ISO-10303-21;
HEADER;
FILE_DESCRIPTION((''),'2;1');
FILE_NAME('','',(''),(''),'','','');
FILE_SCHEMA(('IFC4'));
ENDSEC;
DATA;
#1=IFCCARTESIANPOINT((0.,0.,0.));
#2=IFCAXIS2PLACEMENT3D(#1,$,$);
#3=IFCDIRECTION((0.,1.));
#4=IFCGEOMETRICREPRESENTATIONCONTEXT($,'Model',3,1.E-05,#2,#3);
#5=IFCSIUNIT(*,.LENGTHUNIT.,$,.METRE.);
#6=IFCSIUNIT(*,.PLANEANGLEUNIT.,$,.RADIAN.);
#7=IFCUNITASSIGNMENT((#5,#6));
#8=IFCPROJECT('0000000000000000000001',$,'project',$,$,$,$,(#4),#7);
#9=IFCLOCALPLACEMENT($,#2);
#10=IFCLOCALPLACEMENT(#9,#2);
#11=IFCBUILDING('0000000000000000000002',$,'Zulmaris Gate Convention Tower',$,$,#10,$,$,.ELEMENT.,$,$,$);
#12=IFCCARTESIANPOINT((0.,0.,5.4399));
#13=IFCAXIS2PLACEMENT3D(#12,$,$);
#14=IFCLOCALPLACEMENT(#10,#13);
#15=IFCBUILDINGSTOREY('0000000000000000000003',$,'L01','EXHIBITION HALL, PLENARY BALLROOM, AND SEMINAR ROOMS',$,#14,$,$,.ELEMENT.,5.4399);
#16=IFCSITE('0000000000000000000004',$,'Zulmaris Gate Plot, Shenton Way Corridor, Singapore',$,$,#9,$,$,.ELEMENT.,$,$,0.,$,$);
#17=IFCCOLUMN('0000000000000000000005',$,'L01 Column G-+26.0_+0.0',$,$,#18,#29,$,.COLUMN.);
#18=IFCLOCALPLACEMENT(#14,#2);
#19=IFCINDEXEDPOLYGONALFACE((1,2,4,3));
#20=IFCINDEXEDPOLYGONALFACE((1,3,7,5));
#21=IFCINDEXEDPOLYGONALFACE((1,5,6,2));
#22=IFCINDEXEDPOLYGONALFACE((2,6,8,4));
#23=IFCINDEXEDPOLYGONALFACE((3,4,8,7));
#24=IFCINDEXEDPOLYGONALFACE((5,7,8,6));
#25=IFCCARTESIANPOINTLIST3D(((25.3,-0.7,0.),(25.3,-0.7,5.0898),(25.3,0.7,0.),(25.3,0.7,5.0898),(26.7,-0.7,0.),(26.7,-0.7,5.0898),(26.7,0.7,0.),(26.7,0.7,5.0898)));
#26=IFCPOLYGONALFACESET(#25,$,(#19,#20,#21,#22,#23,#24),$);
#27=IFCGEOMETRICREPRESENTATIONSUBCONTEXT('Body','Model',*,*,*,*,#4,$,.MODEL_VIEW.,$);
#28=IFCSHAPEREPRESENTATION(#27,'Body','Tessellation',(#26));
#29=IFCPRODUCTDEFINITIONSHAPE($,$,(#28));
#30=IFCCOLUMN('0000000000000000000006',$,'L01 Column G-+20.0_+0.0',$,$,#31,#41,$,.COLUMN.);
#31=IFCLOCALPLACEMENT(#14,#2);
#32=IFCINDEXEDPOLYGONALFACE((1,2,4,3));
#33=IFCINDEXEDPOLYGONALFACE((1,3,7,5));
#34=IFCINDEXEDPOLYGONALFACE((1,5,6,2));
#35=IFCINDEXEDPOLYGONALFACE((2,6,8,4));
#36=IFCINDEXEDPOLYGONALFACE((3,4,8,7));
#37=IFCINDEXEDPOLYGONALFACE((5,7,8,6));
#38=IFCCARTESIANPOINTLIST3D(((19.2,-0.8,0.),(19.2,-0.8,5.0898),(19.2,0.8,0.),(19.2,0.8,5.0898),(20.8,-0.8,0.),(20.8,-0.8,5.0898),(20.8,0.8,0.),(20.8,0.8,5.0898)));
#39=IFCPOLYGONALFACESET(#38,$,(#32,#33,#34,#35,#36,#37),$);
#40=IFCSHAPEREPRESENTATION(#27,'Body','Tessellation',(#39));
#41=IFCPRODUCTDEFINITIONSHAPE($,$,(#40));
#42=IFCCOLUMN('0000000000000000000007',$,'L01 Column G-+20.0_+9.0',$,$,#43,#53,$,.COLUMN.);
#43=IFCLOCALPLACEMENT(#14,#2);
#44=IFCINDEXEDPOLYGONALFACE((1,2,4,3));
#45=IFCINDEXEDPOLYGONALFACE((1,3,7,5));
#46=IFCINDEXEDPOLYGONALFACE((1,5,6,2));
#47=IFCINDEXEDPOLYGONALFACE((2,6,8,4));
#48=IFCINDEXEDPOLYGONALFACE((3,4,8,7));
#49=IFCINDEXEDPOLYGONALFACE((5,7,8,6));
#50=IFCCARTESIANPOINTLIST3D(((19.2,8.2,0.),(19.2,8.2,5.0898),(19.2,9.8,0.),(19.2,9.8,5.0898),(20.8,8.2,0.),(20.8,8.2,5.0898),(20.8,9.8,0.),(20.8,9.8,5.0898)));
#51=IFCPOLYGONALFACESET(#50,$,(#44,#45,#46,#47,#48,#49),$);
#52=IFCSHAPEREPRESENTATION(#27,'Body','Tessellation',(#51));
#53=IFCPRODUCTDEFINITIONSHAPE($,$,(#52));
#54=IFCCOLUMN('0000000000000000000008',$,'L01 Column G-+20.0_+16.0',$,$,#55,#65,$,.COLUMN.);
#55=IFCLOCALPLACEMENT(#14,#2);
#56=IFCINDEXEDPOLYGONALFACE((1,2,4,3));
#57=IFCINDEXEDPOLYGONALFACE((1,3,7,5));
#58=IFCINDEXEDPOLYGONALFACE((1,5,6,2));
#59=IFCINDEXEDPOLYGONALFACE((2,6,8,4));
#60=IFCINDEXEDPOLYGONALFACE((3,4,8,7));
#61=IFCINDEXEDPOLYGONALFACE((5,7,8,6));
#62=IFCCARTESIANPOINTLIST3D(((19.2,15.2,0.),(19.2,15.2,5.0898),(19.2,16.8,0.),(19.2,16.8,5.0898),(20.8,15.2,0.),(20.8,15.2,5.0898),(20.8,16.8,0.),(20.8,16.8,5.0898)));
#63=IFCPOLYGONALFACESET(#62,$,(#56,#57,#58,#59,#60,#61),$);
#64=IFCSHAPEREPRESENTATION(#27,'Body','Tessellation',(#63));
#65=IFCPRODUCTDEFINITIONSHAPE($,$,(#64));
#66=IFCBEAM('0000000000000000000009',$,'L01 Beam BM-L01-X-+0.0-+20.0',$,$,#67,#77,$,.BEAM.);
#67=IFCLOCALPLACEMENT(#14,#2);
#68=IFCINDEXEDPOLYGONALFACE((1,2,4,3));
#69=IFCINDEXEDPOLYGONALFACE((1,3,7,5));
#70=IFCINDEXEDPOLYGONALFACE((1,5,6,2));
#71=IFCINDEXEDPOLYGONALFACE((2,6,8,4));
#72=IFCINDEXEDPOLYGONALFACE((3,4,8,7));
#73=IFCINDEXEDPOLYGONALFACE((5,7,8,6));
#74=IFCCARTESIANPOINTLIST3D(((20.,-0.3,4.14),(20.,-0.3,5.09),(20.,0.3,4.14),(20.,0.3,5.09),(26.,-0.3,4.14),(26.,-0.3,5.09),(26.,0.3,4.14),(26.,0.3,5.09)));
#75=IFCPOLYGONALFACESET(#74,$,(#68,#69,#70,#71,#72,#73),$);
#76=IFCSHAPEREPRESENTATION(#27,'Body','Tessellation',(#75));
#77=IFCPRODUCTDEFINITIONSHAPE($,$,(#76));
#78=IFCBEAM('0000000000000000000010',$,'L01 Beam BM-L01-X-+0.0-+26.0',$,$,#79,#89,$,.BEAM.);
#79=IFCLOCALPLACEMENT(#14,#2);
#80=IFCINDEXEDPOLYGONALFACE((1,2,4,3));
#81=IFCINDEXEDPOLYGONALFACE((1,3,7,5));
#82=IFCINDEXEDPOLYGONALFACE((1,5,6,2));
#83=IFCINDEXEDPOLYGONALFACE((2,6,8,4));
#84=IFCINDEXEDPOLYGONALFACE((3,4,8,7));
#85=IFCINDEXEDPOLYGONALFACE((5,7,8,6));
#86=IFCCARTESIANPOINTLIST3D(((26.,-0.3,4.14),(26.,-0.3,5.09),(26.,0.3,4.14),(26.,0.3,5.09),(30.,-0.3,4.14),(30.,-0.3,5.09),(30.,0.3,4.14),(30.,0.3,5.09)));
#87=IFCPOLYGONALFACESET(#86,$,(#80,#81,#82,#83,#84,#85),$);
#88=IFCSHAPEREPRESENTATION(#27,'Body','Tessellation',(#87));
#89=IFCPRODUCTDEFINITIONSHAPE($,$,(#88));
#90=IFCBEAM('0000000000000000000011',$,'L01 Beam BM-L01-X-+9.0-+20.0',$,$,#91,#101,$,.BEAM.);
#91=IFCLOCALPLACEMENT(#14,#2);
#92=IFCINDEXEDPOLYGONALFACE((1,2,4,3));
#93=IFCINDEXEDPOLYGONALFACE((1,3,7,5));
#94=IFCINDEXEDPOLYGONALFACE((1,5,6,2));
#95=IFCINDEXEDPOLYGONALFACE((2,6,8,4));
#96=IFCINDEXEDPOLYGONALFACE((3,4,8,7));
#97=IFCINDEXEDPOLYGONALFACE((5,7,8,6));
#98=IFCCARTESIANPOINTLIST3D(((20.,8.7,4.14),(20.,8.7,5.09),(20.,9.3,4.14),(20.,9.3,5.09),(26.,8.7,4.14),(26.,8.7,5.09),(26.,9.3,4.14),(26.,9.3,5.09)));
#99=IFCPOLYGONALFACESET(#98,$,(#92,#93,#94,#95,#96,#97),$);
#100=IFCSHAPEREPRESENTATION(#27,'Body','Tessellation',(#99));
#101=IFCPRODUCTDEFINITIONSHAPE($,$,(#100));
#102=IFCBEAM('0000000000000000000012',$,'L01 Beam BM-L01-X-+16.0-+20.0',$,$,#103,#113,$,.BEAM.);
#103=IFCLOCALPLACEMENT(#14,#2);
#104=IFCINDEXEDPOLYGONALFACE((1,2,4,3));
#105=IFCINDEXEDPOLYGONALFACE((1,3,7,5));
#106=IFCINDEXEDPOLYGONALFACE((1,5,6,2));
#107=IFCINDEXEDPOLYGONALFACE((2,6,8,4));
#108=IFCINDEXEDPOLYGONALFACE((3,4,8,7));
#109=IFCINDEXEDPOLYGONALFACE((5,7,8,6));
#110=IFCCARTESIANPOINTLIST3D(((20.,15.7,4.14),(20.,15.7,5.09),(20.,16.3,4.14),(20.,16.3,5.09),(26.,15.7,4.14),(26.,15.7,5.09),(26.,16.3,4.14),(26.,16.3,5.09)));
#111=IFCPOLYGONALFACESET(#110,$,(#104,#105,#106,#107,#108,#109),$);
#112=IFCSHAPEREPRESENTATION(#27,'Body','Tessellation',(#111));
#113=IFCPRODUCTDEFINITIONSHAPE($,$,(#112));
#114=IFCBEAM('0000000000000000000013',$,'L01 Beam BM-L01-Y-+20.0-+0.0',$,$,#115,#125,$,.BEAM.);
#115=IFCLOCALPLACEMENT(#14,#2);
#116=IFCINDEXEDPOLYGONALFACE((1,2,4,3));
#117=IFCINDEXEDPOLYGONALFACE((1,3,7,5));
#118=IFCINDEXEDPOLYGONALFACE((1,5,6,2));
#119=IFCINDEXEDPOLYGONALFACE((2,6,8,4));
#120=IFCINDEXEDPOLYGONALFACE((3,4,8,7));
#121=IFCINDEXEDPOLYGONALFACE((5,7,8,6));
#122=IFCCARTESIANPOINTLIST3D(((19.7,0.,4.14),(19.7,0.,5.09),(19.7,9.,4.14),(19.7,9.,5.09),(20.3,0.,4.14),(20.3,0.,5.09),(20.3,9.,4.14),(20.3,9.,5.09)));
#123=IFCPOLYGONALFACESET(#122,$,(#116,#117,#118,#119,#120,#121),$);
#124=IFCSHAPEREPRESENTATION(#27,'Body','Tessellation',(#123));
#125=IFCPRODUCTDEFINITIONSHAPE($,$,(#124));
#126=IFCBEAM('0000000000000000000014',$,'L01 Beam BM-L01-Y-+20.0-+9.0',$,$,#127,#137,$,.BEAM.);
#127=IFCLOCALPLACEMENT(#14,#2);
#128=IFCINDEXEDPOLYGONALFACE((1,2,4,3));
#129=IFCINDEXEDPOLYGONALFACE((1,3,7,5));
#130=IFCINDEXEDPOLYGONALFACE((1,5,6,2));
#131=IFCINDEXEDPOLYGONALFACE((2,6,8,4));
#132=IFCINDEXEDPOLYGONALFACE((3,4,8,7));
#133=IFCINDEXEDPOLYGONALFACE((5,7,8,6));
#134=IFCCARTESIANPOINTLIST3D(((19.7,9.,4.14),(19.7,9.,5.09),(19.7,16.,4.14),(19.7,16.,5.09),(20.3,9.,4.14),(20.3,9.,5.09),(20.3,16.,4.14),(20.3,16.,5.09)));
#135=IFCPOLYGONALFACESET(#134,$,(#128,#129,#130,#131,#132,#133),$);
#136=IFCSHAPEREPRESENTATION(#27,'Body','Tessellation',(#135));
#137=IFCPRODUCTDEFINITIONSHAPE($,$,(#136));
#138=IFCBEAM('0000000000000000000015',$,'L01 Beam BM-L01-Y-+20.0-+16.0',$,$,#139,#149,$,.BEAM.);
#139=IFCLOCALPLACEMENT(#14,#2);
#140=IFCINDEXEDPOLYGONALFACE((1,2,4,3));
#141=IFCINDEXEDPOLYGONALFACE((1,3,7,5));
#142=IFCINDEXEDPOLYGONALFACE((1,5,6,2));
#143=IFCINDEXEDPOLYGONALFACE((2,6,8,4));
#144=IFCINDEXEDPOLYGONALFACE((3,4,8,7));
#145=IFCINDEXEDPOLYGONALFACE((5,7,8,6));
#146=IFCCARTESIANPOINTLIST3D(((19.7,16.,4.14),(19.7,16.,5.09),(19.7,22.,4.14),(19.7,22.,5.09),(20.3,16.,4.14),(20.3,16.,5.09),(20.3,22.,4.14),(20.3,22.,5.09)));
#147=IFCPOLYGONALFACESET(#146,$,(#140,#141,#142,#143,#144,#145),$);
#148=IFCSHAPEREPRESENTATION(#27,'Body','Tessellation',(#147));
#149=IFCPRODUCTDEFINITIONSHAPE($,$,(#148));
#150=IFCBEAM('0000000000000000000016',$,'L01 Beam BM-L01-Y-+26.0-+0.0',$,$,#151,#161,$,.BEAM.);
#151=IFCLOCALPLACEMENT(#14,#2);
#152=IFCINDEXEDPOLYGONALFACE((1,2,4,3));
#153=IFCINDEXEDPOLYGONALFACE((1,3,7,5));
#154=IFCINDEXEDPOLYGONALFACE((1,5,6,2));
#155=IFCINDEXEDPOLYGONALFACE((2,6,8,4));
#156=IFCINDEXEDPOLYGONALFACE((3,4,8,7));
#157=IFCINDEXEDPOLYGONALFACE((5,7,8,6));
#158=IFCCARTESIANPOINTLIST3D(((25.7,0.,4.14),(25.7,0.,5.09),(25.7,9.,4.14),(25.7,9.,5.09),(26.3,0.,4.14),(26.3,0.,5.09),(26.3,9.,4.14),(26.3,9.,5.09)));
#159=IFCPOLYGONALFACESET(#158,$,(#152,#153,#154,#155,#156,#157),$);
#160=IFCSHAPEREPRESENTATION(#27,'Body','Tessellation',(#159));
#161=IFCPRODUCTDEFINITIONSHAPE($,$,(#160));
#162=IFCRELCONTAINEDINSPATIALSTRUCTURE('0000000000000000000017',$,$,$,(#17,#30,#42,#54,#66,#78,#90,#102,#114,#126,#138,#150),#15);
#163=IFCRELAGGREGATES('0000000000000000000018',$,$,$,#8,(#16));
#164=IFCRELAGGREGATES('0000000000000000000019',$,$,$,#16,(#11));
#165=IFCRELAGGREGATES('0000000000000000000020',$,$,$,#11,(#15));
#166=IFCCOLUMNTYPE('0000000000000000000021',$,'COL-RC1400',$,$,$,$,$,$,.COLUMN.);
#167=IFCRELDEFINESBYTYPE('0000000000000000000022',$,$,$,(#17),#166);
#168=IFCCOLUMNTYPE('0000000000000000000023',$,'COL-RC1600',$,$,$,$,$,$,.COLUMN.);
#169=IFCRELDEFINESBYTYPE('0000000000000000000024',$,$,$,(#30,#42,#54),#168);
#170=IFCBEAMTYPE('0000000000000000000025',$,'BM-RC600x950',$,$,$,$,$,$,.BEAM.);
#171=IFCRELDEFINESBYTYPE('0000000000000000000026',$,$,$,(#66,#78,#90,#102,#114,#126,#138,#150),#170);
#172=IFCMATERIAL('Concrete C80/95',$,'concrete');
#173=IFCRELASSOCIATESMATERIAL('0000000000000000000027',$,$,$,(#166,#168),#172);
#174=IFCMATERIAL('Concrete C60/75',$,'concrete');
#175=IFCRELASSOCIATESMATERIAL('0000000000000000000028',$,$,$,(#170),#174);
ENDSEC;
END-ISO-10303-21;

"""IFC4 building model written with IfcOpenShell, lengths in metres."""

from ifc_helpers import new_model, si_unit, direction, frame, origin, origin_2d, place, context, subcontext, project, spatial, rectangle, extrude, material, material_profile, profile_set, type_object, element, save


model = new_model("IFC4")

# Units and contexts
model_context = context("Model", 3, precision=1e-05, world=origin(), true_north=direction((0.0, 1.0)))
body_context = subcontext(model_context, "Body", "Model", "MODEL_VIEW")
ifc_project = project(units=[si_unit("LENGTHUNIT", "METRE"), si_unit("PLANEANGLEUNIT", "RADIAN")], contexts=[model_context])

# Site, building, storey
site_placement = place(None, origin())
site = spatial("IfcSite", under=ifc_project, at=site_placement, Name="Zulmaris Gate Plot, Shenton Way Corridor, Singapore", CompositionType="ELEMENT", RefElevation=0.0)
building_placement = place(site_placement, origin())
building = spatial("IfcBuilding", under=site, at=building_placement, Name="Zulmaris Gate Convention Tower", CompositionType="ELEMENT")
storey_placement = place(building_placement, frame((0.0, 0.0, 5.4399)))
storey = spatial("IfcBuildingStorey", under=building, at=storey_placement, Name="L01", Description="EXHIBITION HALL, PLENARY BALLROOM, AND SEMINAR ROOMS", CompositionType="ELEMENT", Elevation=5.4399)

# Columns
ifc_material_1 = material(Name="Concrete C80/95", Category="concrete")
ifc_material_profile_1 = material_profile(ifc_material_1, rectangle(XDim=1.3999, YDim=1.3999, at=origin_2d()), Name="RC COL 1400x1400")
ifc_profile_set_1 = profile_set([ifc_material_profile_1], Name="Concrete C80/95")
column_type_1 = type_object("IfcColumnType", Name="COL-RC1400", PredefinedType="COLUMN", material=ifc_profile_set_1)
column_placement = place(storey_placement, frame((26.0, 0.0, 0.0), z_axis=(0.0, 0.0, 1.0), x_axis=(1.0, 0.0, 0.0)))
element("IfcColumn", 1, at=column_placement, inside=storey, type_object=column_type_1, Name="L01 Column G-+26.0_+0.0", PredefinedType="COLUMN", context=body_context, shape_type="SweptSolid", body=[
    extrude(rectangle(XDim=1.3999, YDim=1.3999, at=origin_2d()), origin(), (0.0, 0.0, 1.0), 5.0898),
])
ifc_material_profile_2 = material_profile(ifc_material_1, rectangle(XDim=1.6001, YDim=1.6001, at=origin_2d()), Name="RC COL 1600x1600")
ifc_profile_set_2 = profile_set([ifc_material_profile_2], Name="Concrete C80/95")
column_type_2 = type_object("IfcColumnType", Name="COL-RC1600", PredefinedType="COLUMN", material=ifc_profile_set_2)
for number, where, z_axis, x_axis, name in (
    (2, (20.0, 0.0, 0.0), (0.0, 0.0, 1.0), (1.0, 0.0, 0.0), "L01 Column G-+20.0_+0.0"),
    (3, (20.0, 9.0, 0.0), (0.0, 0.0, 1.0), (1.0, 0.0, 0.0), "L01 Column G-+20.0_+9.0"),
    (4, (20.0, 16.0, 0.0), (0.0, 0.0, 1.0), (1.0, 0.0, 0.0), "L01 Column G-+20.0_+16.0"),
):
    element("IfcColumn", number, at=place(storey_placement, frame(where, z_axis=z_axis, x_axis=x_axis)), inside=storey, type_object=column_type_2, Name=name, PredefinedType="COLUMN", context=body_context, shape_type="SweptSolid", body=[
        extrude(rectangle(XDim=1.6001, YDim=1.6001, at=origin_2d()), origin(), (0.0, 0.0, 1.0), 5.0898),
    ])

# Beams
ifc_material_2 = material(Name="Concrete C60/75", Category="concrete")
ifc_material_profile_3 = material_profile(ifc_material_2, rectangle(XDim=0.6001, YDim=0.95, at=origin_2d()), Name="RC BEAM 600x950")
ifc_profile_set_3 = profile_set([ifc_material_profile_3], Name="Concrete C60/75")
beam_type_1 = type_object("IfcBeamType", Name="BM-RC600x950", PredefinedType="BEAM", material=ifc_profile_set_3)
beam_1_placement = place(storey_placement, frame((20.0, 0.0, 4.615), z_axis=(1.0, 0.0, 0.0), x_axis=(0.0, 1.0, 0.0)))
element("IfcBeam", 5, at=beam_1_placement, inside=storey, type_object=beam_type_1, Name="L01 Beam BM-L01-X-+0.0-+20.0", PredefinedType="BEAM", context=body_context, shape_type="SweptSolid", body=[
    extrude(rectangle(XDim=0.6001, YDim=0.95, at=origin_2d()), origin(), (0.0, 0.0, 1.0), 6.0),
])
beam_2_placement = place(storey_placement, frame((26.0, 0.0, 4.615), z_axis=(1.0, 0.0, 0.0), x_axis=(0.0, 1.0, 0.0)))
element("IfcBeam", 6, at=beam_2_placement, inside=storey, type_object=beam_type_1, Name="L01 Beam BM-L01-X-+0.0-+26.0", PredefinedType="BEAM", context=body_context, shape_type="SweptSolid", body=[
    extrude(rectangle(XDim=0.6001, YDim=0.95, at=origin_2d()), origin(), (0.0, 0.0, 1.0), 4.0),
])
for number, where, z_axis, x_axis, name in (
    (7, (20.0, 9.0, 4.615), (1.0, 0.0, 0.0), (0.0, 1.0, 0.0), "L01 Beam BM-L01-X-+9.0-+20.0"),
    (8, (20.0, 16.0, 4.615), (1.0, 0.0, 0.0), (0.0, 1.0, 0.0), "L01 Beam BM-L01-X-+16.0-+20.0"),
):
    element("IfcBeam", number, at=place(storey_placement, frame(where, z_axis=z_axis, x_axis=x_axis)), inside=storey, type_object=beam_type_1, Name=name, PredefinedType="BEAM", context=body_context, shape_type="SweptSolid", body=[
        extrude(rectangle(XDim=0.6001, YDim=0.95, at=origin_2d()), origin(), (0.0, 0.0, 1.0), 6.0),
    ])
beam_3_placement = place(storey_placement, frame((20.0, 0.0, 4.615), z_axis=(0.0, 1.0, 0.0), x_axis=(-1.0, 0.0, 0.0)))
element("IfcBeam", 9, at=beam_3_placement, inside=storey, type_object=beam_type_1, Name="L01 Beam BM-L01-Y-+20.0-+0.0", PredefinedType="BEAM", context=body_context, shape_type="SweptSolid", body=[
    extrude(rectangle(XDim=0.6001, YDim=0.95, at=origin_2d()), origin(), (0.0, 0.0, 1.0), 9.0),
])
beam_4_placement = place(storey_placement, frame((20.0, 9.0, 4.615), z_axis=(0.0, 1.0, 0.0), x_axis=(-1.0, 0.0, 0.0)))
element("IfcBeam", 10, at=beam_4_placement, inside=storey, type_object=beam_type_1, Name="L01 Beam BM-L01-Y-+20.0-+9.0", PredefinedType="BEAM", context=body_context, shape_type="SweptSolid", body=[
    extrude(rectangle(XDim=0.6001, YDim=0.95, at=origin_2d()), origin(), (0.0, 0.0, 1.0), 7.0),
])
beam_5_placement = place(storey_placement, frame((20.0, 16.0, 4.615), z_axis=(0.0, 1.0, 0.0), x_axis=(-1.0, 0.0, 0.0)))
element("IfcBeam", 11, at=beam_5_placement, inside=storey, type_object=beam_type_1, Name="L01 Beam BM-L01-Y-+20.0-+16.0", PredefinedType="BEAM", context=body_context, shape_type="SweptSolid", body=[
    extrude(rectangle(XDim=0.6001, YDim=0.95, at=origin_2d()), origin(), (0.0, 0.0, 1.0), 6.0),
])
beam_6_placement = place(storey_placement, frame((26.0, 0.0, 4.615), z_axis=(0.0, 1.0, 0.0), x_axis=(-1.0, 0.0, 0.0)))
element("IfcBeam", 12, at=beam_6_placement, inside=storey, type_object=beam_type_1, Name="L01 Beam BM-L01-Y-+26.0-+0.0", PredefinedType="BEAM", context=body_context, shape_type="SweptSolid", body=[
    extrude(rectangle(XDim=0.6001, YDim=0.95, at=origin_2d()), origin(), (0.0, 0.0, 1.0), 9.0),
])

save(model, "model.ifc")
